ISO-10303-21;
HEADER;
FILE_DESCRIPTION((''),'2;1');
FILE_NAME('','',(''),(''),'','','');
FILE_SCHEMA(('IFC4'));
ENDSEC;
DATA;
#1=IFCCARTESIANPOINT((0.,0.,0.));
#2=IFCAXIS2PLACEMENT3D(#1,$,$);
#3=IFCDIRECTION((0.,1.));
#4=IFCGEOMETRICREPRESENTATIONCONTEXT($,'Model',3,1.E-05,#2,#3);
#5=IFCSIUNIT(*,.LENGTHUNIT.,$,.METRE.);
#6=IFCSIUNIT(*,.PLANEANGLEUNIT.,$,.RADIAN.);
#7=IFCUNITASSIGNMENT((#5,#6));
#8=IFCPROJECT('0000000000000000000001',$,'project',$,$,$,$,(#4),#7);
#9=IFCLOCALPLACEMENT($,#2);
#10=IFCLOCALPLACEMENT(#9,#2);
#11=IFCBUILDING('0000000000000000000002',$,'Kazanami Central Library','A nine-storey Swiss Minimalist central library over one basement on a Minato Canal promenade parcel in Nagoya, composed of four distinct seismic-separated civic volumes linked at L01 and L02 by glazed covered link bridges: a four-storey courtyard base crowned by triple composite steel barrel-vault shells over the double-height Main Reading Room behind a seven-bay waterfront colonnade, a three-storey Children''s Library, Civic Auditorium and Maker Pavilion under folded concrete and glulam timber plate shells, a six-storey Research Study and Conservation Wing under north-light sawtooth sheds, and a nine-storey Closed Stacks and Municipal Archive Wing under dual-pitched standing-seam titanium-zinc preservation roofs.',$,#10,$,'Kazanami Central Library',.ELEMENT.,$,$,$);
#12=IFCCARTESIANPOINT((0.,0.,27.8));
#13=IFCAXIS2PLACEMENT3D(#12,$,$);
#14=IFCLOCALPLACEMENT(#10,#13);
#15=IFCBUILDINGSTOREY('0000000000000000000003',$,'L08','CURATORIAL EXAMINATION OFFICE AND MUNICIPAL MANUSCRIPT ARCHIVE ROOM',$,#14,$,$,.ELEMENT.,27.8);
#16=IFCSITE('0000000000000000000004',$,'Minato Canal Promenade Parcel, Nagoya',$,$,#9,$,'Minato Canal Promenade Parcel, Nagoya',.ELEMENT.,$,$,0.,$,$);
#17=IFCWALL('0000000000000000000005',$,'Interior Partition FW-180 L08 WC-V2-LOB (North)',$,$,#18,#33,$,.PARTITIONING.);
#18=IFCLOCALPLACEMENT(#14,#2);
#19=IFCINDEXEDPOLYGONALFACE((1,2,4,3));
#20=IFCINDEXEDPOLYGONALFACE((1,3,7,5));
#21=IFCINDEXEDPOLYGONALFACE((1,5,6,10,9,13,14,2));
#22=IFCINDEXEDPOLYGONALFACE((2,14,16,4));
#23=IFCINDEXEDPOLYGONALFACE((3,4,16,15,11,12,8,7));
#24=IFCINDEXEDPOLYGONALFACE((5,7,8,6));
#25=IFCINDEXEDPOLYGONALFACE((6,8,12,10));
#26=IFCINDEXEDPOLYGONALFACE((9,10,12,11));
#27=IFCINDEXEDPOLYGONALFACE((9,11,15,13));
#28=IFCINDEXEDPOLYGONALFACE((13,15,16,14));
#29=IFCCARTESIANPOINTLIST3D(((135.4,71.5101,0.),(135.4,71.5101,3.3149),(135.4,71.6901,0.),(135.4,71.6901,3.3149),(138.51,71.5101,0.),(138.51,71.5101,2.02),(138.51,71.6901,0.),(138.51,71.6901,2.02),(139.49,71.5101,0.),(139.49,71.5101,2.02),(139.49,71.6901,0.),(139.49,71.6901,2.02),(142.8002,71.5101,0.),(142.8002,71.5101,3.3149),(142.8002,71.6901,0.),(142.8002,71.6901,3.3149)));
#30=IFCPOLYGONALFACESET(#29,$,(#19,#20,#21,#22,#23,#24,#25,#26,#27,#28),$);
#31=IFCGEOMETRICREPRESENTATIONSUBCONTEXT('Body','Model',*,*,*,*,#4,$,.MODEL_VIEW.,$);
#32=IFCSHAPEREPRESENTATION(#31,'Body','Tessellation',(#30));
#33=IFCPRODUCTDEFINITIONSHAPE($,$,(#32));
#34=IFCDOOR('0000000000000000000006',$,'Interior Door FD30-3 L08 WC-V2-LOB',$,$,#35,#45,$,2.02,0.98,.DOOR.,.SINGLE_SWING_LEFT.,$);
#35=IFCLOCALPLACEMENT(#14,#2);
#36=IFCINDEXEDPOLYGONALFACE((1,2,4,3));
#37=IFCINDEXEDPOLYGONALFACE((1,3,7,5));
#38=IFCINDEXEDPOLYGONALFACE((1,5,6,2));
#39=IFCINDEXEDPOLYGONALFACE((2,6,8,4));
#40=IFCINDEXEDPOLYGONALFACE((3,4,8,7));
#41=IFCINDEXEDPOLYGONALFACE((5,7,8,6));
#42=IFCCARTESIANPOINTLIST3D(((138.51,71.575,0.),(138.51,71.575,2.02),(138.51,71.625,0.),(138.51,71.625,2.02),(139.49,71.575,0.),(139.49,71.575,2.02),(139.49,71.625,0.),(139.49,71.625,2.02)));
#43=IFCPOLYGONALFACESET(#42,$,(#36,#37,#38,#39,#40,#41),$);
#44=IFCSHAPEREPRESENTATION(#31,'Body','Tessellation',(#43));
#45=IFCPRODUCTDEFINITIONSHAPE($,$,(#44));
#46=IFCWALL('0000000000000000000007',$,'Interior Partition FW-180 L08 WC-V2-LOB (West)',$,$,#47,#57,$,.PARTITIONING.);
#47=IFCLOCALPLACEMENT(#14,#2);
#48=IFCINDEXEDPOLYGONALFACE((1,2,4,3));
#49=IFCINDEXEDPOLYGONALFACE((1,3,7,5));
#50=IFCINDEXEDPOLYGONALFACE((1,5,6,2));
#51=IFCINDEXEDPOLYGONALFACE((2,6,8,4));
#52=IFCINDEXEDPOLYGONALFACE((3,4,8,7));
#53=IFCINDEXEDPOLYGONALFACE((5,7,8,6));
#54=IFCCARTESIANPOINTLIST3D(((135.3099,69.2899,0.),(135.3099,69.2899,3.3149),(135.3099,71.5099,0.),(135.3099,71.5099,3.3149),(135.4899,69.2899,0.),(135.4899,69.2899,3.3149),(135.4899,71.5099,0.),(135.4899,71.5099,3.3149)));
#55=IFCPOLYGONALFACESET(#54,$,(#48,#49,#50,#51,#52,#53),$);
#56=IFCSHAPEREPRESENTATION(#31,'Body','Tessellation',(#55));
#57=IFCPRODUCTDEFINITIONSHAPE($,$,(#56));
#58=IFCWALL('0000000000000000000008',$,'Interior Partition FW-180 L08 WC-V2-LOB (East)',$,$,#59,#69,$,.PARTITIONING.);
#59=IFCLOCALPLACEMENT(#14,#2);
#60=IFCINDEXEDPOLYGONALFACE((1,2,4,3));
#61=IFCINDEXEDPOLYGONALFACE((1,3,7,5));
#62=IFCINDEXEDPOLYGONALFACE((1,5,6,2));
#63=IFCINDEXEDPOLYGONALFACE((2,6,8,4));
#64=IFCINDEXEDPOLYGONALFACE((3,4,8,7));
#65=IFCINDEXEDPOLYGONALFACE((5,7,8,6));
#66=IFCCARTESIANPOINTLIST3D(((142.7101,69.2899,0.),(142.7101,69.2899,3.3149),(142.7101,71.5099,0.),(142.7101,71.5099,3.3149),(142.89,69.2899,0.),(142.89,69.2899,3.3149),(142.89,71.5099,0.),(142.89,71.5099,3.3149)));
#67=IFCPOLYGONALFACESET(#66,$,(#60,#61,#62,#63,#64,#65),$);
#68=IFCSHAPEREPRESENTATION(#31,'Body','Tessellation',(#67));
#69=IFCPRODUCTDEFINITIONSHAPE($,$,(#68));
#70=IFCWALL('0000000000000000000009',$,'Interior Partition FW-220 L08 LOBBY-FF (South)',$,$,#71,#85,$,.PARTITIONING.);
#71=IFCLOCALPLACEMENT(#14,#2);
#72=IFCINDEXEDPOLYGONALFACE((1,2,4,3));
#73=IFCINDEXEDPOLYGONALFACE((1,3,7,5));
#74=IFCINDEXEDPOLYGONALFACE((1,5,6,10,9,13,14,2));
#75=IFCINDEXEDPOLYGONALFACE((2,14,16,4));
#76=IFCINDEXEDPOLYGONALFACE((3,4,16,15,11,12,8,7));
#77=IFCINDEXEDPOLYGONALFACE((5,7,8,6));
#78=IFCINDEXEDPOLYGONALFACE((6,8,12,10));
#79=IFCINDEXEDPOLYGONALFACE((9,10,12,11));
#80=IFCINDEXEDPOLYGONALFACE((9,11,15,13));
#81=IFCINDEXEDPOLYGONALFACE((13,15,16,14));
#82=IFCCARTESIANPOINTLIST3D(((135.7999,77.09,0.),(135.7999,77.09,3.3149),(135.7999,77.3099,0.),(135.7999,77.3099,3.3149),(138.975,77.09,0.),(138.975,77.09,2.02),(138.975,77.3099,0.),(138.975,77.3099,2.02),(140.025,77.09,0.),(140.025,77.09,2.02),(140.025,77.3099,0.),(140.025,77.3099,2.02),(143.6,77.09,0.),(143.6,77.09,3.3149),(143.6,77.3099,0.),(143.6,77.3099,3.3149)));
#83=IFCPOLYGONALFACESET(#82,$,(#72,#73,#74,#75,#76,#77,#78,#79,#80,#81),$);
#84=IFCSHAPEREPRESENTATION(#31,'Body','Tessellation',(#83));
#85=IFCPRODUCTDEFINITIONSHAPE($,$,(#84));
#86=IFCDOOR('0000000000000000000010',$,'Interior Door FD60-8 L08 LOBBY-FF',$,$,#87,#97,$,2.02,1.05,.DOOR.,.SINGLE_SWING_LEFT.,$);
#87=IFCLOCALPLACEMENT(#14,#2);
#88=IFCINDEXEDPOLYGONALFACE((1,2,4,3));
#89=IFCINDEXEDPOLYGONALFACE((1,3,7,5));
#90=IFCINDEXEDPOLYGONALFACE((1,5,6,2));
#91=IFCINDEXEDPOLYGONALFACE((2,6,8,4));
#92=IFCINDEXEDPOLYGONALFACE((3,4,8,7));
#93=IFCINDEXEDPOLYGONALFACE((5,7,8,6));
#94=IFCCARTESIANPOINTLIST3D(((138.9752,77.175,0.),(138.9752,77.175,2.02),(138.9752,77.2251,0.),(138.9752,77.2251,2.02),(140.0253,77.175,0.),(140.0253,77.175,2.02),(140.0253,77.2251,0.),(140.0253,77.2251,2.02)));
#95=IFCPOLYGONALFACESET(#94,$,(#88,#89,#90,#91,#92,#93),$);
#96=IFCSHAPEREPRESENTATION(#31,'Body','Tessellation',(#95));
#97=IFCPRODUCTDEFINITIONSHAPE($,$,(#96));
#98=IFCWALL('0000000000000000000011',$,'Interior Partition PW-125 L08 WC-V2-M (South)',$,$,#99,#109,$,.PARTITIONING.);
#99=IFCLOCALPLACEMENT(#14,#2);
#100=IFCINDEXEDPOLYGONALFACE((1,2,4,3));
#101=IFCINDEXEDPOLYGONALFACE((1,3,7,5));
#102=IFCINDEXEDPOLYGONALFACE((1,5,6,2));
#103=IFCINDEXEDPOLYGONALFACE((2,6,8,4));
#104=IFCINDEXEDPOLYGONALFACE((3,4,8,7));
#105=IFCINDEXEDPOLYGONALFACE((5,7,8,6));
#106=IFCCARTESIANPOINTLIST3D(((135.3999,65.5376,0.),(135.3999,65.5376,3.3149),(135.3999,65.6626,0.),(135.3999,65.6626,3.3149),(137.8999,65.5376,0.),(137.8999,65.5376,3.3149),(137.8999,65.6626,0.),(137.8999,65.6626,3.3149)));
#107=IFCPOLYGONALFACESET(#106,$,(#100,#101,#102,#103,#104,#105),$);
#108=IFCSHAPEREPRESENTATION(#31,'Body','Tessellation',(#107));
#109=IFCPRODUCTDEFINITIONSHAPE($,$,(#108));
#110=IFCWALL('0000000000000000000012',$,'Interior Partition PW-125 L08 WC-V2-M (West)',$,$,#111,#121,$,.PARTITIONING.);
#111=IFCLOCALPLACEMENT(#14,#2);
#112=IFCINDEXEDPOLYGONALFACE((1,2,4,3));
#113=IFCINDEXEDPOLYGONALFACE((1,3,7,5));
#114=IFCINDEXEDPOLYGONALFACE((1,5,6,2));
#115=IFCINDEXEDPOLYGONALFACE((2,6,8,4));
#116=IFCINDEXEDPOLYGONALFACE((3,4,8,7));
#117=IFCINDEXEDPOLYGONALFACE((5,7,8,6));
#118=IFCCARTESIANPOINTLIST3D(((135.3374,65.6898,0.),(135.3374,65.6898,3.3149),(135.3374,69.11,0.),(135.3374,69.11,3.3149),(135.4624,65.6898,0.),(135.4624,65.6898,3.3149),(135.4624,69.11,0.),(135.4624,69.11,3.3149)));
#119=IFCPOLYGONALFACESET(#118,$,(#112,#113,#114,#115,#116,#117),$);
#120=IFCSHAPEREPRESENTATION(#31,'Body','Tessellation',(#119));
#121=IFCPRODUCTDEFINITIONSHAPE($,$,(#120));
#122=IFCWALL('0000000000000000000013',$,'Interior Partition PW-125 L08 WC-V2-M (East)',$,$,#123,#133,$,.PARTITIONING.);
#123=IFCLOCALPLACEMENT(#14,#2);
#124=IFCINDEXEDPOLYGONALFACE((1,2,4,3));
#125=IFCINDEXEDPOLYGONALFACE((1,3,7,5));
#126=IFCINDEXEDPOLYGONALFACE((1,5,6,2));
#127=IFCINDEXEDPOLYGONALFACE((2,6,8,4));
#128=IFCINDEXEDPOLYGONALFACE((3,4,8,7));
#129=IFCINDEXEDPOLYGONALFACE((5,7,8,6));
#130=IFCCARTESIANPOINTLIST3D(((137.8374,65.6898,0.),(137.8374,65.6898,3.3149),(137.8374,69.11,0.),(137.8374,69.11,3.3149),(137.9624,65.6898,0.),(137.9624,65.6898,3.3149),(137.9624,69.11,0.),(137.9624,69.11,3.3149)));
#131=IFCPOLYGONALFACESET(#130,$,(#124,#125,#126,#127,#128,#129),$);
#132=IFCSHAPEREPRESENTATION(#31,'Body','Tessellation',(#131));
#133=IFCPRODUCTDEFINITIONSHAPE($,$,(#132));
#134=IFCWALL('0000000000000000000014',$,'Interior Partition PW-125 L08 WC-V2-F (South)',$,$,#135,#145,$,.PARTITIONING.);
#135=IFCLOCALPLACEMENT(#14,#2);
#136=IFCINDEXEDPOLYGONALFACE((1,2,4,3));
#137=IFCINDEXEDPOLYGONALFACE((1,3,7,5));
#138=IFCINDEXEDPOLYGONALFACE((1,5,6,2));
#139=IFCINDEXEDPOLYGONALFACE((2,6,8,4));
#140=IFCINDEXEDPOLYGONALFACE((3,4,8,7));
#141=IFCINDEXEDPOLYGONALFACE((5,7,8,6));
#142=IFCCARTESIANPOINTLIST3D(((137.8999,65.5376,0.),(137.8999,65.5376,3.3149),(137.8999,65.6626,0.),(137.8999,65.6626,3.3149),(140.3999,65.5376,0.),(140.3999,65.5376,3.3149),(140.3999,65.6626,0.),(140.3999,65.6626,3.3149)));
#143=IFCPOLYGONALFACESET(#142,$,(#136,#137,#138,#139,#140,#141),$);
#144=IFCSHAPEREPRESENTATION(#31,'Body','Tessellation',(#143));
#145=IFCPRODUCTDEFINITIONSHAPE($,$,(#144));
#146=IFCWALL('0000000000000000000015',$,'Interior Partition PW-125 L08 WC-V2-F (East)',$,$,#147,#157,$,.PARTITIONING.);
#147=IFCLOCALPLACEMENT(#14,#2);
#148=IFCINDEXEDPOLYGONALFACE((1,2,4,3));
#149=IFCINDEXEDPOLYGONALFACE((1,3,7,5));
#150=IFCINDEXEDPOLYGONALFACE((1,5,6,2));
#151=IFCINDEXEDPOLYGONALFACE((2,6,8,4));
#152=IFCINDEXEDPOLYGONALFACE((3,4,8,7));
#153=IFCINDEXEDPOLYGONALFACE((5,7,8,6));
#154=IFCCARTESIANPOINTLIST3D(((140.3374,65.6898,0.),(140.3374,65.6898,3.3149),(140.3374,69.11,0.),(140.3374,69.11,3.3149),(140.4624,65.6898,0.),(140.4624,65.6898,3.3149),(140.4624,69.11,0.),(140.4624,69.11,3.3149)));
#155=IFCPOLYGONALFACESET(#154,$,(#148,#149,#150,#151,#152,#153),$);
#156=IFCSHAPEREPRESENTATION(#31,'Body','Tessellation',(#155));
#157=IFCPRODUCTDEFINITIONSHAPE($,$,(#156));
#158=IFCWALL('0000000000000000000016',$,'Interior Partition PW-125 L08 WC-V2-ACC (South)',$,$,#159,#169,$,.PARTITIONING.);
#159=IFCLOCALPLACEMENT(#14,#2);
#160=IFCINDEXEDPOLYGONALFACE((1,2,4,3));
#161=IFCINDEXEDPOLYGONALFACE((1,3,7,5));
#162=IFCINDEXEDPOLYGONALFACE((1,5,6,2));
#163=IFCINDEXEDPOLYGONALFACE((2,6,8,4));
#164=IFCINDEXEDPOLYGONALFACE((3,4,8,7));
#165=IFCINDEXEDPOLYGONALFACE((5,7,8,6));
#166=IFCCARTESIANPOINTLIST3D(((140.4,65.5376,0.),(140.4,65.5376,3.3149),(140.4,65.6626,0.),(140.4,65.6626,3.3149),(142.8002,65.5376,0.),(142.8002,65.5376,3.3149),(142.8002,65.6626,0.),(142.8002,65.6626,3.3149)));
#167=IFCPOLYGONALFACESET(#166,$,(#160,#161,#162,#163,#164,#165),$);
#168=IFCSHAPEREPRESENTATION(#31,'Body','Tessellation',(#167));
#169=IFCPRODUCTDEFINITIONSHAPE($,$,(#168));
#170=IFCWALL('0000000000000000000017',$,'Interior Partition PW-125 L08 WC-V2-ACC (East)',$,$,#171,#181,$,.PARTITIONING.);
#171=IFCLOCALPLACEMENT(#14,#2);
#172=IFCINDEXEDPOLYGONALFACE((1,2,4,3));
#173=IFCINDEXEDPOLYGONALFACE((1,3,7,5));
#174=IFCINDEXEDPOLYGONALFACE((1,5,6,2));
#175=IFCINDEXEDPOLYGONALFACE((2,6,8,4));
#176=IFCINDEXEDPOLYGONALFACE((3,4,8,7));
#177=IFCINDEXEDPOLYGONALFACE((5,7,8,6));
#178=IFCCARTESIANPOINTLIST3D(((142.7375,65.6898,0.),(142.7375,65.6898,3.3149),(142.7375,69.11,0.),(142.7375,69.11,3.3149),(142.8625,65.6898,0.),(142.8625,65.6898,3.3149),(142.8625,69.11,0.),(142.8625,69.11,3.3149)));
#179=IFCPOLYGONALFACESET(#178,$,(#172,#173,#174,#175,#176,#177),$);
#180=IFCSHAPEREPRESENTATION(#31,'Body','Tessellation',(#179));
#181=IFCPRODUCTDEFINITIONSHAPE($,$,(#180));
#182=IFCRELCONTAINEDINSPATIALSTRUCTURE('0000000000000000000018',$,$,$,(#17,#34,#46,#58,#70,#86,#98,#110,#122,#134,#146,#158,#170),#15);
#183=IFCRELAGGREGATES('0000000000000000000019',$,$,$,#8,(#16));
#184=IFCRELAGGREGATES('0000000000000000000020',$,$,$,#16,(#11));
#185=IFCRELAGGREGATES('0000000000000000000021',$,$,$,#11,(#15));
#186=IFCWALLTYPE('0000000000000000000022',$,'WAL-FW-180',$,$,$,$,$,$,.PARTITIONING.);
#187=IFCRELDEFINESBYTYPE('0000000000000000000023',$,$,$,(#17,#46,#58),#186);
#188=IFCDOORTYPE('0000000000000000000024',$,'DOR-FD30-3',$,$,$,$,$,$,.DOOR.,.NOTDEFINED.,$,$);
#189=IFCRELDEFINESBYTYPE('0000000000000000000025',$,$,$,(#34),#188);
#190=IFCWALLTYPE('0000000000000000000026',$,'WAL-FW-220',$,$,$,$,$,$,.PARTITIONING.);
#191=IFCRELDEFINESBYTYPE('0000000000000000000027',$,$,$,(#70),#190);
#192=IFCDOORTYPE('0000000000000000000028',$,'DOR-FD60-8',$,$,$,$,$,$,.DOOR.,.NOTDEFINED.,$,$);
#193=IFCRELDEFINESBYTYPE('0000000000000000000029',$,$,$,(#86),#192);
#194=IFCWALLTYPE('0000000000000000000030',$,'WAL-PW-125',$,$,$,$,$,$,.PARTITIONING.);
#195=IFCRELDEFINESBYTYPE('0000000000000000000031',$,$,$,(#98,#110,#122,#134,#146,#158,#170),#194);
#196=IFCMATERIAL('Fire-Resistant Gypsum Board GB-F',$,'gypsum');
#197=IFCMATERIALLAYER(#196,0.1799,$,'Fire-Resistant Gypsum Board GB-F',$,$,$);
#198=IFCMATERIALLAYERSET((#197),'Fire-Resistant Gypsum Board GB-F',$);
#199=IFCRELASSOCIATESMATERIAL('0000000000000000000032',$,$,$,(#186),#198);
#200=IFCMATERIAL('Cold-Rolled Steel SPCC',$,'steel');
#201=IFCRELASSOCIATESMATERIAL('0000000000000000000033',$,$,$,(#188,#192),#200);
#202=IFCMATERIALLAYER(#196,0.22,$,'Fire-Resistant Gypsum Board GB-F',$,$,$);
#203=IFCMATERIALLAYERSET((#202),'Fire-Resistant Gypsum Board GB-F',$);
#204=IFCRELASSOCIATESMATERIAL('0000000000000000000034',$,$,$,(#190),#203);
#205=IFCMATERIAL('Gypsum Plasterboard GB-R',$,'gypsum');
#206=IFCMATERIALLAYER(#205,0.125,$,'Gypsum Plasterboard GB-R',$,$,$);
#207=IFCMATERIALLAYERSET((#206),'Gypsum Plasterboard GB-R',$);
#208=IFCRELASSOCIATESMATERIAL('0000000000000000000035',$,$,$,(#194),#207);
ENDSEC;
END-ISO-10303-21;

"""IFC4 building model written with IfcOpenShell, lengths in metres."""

from ifc_helpers import new_model, si_unit, direction, frame, frame_2d, origin, place, context, subcontext, project, spatial, rectangle, extrude, material, layer, layer_set, type_object, element, fill, save


model = new_model("IFC4")

# Units and contexts
model_context = context("Model", 3, precision=1e-05, world=origin(), true_north=direction((0.0, 1.0)))
body_context = subcontext(model_context, "Body", "Model", "MODEL_VIEW")
ifc_project = project(units=[si_unit("LENGTHUNIT", "METRE"), si_unit("PLANEANGLEUNIT", "RADIAN")], contexts=[model_context])

# Site, building, storey
site_placement = place(None, origin())
site = spatial("IfcSite", under=ifc_project, at=site_placement, Name="Minato Canal Promenade Parcel, Nagoya", LongName="Minato Canal Promenade Parcel, Nagoya", CompositionType="ELEMENT", RefElevation=0.0)
building_placement = place(site_placement, origin())
building = spatial("IfcBuilding", under=site, at=building_placement, Name="Kazanami Central Library", Description="A nine-storey Swiss Minimalist central library over one basement on a Minato Canal promenade parcel in Nagoya, composed of four distinct seismic-separated civic volumes linked at L01 and L02 by glazed covered link bridges: a four-storey courtyard base crowned by triple composite steel barrel-vault shells over the double-height Main Reading Room behind a seven-bay waterfront colonnade, a three-storey Children's Library, Civic Auditorium and Maker Pavilion under folded concrete and glulam timber plate shells, a six-storey Research Study and Conservation Wing under north-light sawtooth sheds, and a nine-storey Closed Stacks and Municipal Archive Wing under dual-pitched standing-seam titanium-zinc preservation roofs.", LongName="Kazanami Central Library", CompositionType="ELEMENT")
storey_placement = place(building_placement, frame((0.0, 0.0, 27.8)))
storey = spatial("IfcBuildingStorey", under=building, at=storey_placement, Name="L08", Description="CURATORIAL EXAMINATION OFFICE AND MUNICIPAL MANUSCRIPT ARCHIVE ROOM", CompositionType="ELEMENT", Elevation=27.8)

# Shared definitions
ifc_material_1 = material(Name="Fire-Resistant Gypsum Board GB-F", Category="gypsum")
ifc_layer_1 = layer(ifc_material_1, 0.1799, Name="Fire-Resistant Gypsum Board GB-F")
ifc_layer_set_1 = layer_set([ifc_layer_1], Name="Fire-Resistant Gypsum Board GB-F")
wall_type_1 = type_object("IfcWallType", Name="WAL-FW-180", PredefinedType="PARTITIONING", material=ifc_layer_set_1)
ifc_material_2 = material(Name="Cold-Rolled Steel SPCC", Category="steel")
door_type_1 = type_object("IfcDoorType", Name="DOR-FD30-3", OperationType="NOTDEFINED", PredefinedType="DOOR", material=ifc_material_2)

# Wall, opening, door
wall_1_placement = place(storey_placement, frame((135.3999, 71.6001, 0.0), z_axis=(0.0, 0.0, 1.0), x_axis=(1.0, 0.0, 0.0)))
wall_1 = element("IfcWall", 1, at=wall_1_placement, inside=storey, type_object=wall_type_1, Name="Interior Partition FW-180 L08 WC-V2-LOB (North)", PredefinedType="PARTITIONING", context=body_context, shape_type="SweptSolid", body=[
    extrude(rectangle(XDim=7.4001, YDim=0.1799, at=frame_2d((3.7002, 0.0))), origin(), (0.0, 0.0, 1.0), 3.3149),
])
opening_1_placement = place(wall_1_placement, frame((3.1101, 0.0, 0.0)))
opening_1 = element("IfcOpeningElement", 2, at=opening_1_placement, cuts=wall_1, PredefinedType="OPENING", context=body_context, shape_type="SweptSolid", body=[
    extrude(rectangle(XDim=0.98, YDim=2.02, at=frame_2d((0.49, 1.01))), frame((0.0, 0.1021, 0.0), z_axis=(0.0, -1.0, 0.0), x_axis=(1.0, 0.0, 0.0)), (0.0, 0.0, 1.0), 0.2039),
])
door_1_placement = place(opening_1_placement, origin())
door_1 = element("IfcDoor", 3, at=door_1_placement, inside=storey, type_object=door_type_1, Name="Interior Door FD30-3 L08 WC-V2-LOB", OperationType="SINGLE_SWING_LEFT", OverallHeight=2.02, OverallWidth=0.98, PredefinedType="DOOR", context=body_context, shape_type="SweptSolid", body=[
    extrude(rectangle(XDim=0.98, YDim=2.02, at=frame_2d((0.49, 1.01))), frame((0.0, 0.0249, 0.0), z_axis=(0.0, -1.0, 0.0), x_axis=(1.0, 0.0, 0.0)), (0.0, 0.0, 1.0), 0.05),
])
fill(opening_1, door_1)

# Walls
for number, where, z_axis, x_axis, name in (
    (4, (135.3999, 69.29, 0.0), (0.0, 0.0, 1.0), (0.0, 1.0, 0.0), "Interior Partition FW-180 L08 WC-V2-LOB (West)"),
    (5, (142.8, 69.29, 0.0), (0.0, 0.0, 1.0), (0.0, 1.0, 0.0), "Interior Partition FW-180 L08 WC-V2-LOB (East)"),
):
    element("IfcWall", number, at=place(storey_placement, frame(where, z_axis=z_axis, x_axis=x_axis)), inside=storey, type_object=wall_type_1, Name=name, PredefinedType="PARTITIONING", context=body_context, shape_type="SweptSolid", body=[
        extrude(rectangle(XDim=2.22, YDim=0.1799, at=frame_2d((1.1099, 0.0))), origin(), (0.0, 0.0, 1.0), 3.3149),
    ])

# Wall, opening, door
ifc_layer_2 = layer(ifc_material_1, 0.22, Name="Fire-Resistant Gypsum Board GB-F")
ifc_layer_set_2 = layer_set([ifc_layer_2], Name="Fire-Resistant Gypsum Board GB-F")
wall_type_2 = type_object("IfcWallType", Name="WAL-FW-220", PredefinedType="PARTITIONING", material=ifc_layer_set_2)
wall_2_placement = place(storey_placement, frame((135.8, 77.2, 0.0), z_axis=(0.0, 0.0, 1.0), x_axis=(1.0, 0.0, 0.0)))
wall_2 = element("IfcWall", 6, at=wall_2_placement, inside=storey, type_object=wall_type_2, Name="Interior Partition FW-220 L08 LOBBY-FF (South)", PredefinedType="PARTITIONING", context=body_context, shape_type="SweptSolid", body=[
    extrude(rectangle(XDim=7.8, YDim=0.22, at=frame_2d((3.8999, 0.0))), origin(), (0.0, 0.0, 1.0), 3.3149),
])
opening_2_placement = place(wall_2_placement, frame((3.175, 0.0, 0.0)))
opening_2 = element("IfcOpeningElement", 7, at=opening_2_placement, cuts=wall_2, PredefinedType="OPENING", context=body_context, shape_type="SweptSolid", body=[
    extrude(rectangle(XDim=1.05, YDim=2.02, at=frame_2d((0.5249, 1.01))), frame((0.0, 0.1221, 0.0), z_axis=(0.0, -1.0, 0.0), x_axis=(1.0, 0.0, 0.0)), (0.0, 0.0, 1.0), 0.2439),
])
door_type_2 = type_object("IfcDoorType", Name="DOR-FD60-8", OperationType="NOTDEFINED", PredefinedType="DOOR", material=ifc_material_2)
door_2_placement = place(opening_2_placement, frame((1.05, 0.0, 0.0), z_axis=(0.0, 0.0, 1.0), x_axis=(-1.0, 0.0, 0.0)))
door_2 = element("IfcDoor", 8, at=door_2_placement, inside=storey, type_object=door_type_2, Name="Interior Door FD60-8 L08 LOBBY-FF", OperationType="SINGLE_SWING_LEFT", OverallHeight=2.02, OverallWidth=1.05, PredefinedType="DOOR", context=body_context, shape_type="SweptSolid", body=[
    extrude(rectangle(XDim=1.05, YDim=2.02, at=frame_2d((0.5249, 1.01))), frame((0.0, 0.0249, 0.0), z_axis=(0.0, -1.0, 0.0), x_axis=(1.0, 0.0, 0.0)), (0.0, 0.0, 1.0), 0.05),
])
fill(opening_2, door_2)

# Walls
ifc_material_3 = material(Name="Gypsum Plasterboard GB-R", Category="gypsum")
ifc_layer_3 = layer(ifc_material_3, 0.125, Name="Gypsum Plasterboard GB-R")
ifc_layer_set_3 = layer_set([ifc_layer_3], Name="Gypsum Plasterboard GB-R")
wall_type_3 = type_object("IfcWallType", Name="WAL-PW-125", PredefinedType="PARTITIONING", material=ifc_layer_set_3)
wall_3_placement = place(storey_placement, frame((135.3999, 65.6001, 0.0), z_axis=(0.0, 0.0, 1.0), x_axis=(1.0, 0.0, 0.0)))
element("IfcWall", 9, at=wall_3_placement, inside=storey, type_object=wall_type_3, Name="Interior Partition PW-125 L08 WC-V2-M (South)", PredefinedType="PARTITIONING", context=body_context, shape_type="SweptSolid", body=[
    extrude(rectangle(XDim=2.5, YDim=0.125, at=frame_2d((1.25, 0.0))), origin(), (0.0, 0.0, 1.0), 3.3149),
])
for number, where, z_axis, x_axis, name in (
    (10, (135.3999, 65.6899, 0.0), (0.0, 0.0, 1.0), (0.0, 1.0, 0.0), "Interior Partition PW-125 L08 WC-V2-M (West)"),
    (11, (137.8999, 65.6899, 0.0), (0.0, 0.0, 1.0), (0.0, 1.0, 0.0), "Interior Partition PW-125 L08 WC-V2-M (East)"),
):
    element("IfcWall", number, at=place(storey_placement, frame(where, z_axis=z_axis, x_axis=x_axis)), inside=storey, type_object=wall_type_3, Name=name, PredefinedType="PARTITIONING", context=body_context, shape_type="SweptSolid", body=[
        extrude(rectangle(XDim=3.4202, YDim=0.125, at=frame_2d((1.71, 0.0))), origin(), (0.0, 0.0, 1.0), 3.3149),
    ])
wall_4_placement = place(storey_placement, frame((137.8999, 65.6001, 0.0), z_axis=(0.0, 0.0, 1.0), x_axis=(1.0, 0.0, 0.0)))
element("IfcWall", 12, at=wall_4_placement, inside=storey, type_object=wall_type_3, Name="Interior Partition PW-125 L08 WC-V2-F (South)", PredefinedType="PARTITIONING", context=body_context, shape_type="SweptSolid", body=[
    extrude(rectangle(XDim=2.5, YDim=0.125, at=frame_2d((1.25, 0.0))), origin(), (0.0, 0.0, 1.0), 3.3149),
])
wall_5_placement = place(storey_placement, frame((140.3999, 65.6899, 0.0), z_axis=(0.0, 0.0, 1.0), x_axis=(0.0, 1.0, 0.0)))
element("IfcWall", 13, at=wall_5_placement, inside=storey, type_object=wall_type_3, Name="Interior Partition PW-125 L08 WC-V2-F (East)", PredefinedType="PARTITIONING", context=body_context, shape_type="SweptSolid", body=[
    extrude(rectangle(XDim=3.4202, YDim=0.125, at=frame_2d((1.71, 0.0))), origin(), (0.0, 0.0, 1.0), 3.3149),
])
wall_6_placement = place(storey_placement, frame((140.3999, 65.6001, 0.0), z_axis=(0.0, 0.0, 1.0), x_axis=(1.0, 0.0, 0.0)))
element("IfcWall", 14, at=wall_6_placement, inside=storey, type_object=wall_type_3, Name="Interior Partition PW-125 L08 WC-V2-ACC (South)", PredefinedType="PARTITIONING", context=body_context, shape_type="SweptSolid", body=[
    extrude(rectangle(XDim=2.4001, YDim=0.125, at=frame_2d((1.2002, 0.0))), origin(), (0.0, 0.0, 1.0), 3.3149),
])
wall_7_placement = place(storey_placement, frame((142.8, 65.6899, 0.0), z_axis=(0.0, 0.0, 1.0), x_axis=(0.0, 1.0, 0.0)))
element("IfcWall", 15, at=wall_7_placement, inside=storey, type_object=wall_type_3, Name="Interior Partition PW-125 L08 WC-V2-ACC (East)", PredefinedType="PARTITIONING", context=body_context, shape_type="SweptSolid", body=[
    extrude(rectangle(XDim=3.4202, YDim=0.125, at=frame_2d((1.71, 0.0))), origin(), (0.0, 0.0, 1.0), 3.3149),
])

save(model, "model.ifc")
